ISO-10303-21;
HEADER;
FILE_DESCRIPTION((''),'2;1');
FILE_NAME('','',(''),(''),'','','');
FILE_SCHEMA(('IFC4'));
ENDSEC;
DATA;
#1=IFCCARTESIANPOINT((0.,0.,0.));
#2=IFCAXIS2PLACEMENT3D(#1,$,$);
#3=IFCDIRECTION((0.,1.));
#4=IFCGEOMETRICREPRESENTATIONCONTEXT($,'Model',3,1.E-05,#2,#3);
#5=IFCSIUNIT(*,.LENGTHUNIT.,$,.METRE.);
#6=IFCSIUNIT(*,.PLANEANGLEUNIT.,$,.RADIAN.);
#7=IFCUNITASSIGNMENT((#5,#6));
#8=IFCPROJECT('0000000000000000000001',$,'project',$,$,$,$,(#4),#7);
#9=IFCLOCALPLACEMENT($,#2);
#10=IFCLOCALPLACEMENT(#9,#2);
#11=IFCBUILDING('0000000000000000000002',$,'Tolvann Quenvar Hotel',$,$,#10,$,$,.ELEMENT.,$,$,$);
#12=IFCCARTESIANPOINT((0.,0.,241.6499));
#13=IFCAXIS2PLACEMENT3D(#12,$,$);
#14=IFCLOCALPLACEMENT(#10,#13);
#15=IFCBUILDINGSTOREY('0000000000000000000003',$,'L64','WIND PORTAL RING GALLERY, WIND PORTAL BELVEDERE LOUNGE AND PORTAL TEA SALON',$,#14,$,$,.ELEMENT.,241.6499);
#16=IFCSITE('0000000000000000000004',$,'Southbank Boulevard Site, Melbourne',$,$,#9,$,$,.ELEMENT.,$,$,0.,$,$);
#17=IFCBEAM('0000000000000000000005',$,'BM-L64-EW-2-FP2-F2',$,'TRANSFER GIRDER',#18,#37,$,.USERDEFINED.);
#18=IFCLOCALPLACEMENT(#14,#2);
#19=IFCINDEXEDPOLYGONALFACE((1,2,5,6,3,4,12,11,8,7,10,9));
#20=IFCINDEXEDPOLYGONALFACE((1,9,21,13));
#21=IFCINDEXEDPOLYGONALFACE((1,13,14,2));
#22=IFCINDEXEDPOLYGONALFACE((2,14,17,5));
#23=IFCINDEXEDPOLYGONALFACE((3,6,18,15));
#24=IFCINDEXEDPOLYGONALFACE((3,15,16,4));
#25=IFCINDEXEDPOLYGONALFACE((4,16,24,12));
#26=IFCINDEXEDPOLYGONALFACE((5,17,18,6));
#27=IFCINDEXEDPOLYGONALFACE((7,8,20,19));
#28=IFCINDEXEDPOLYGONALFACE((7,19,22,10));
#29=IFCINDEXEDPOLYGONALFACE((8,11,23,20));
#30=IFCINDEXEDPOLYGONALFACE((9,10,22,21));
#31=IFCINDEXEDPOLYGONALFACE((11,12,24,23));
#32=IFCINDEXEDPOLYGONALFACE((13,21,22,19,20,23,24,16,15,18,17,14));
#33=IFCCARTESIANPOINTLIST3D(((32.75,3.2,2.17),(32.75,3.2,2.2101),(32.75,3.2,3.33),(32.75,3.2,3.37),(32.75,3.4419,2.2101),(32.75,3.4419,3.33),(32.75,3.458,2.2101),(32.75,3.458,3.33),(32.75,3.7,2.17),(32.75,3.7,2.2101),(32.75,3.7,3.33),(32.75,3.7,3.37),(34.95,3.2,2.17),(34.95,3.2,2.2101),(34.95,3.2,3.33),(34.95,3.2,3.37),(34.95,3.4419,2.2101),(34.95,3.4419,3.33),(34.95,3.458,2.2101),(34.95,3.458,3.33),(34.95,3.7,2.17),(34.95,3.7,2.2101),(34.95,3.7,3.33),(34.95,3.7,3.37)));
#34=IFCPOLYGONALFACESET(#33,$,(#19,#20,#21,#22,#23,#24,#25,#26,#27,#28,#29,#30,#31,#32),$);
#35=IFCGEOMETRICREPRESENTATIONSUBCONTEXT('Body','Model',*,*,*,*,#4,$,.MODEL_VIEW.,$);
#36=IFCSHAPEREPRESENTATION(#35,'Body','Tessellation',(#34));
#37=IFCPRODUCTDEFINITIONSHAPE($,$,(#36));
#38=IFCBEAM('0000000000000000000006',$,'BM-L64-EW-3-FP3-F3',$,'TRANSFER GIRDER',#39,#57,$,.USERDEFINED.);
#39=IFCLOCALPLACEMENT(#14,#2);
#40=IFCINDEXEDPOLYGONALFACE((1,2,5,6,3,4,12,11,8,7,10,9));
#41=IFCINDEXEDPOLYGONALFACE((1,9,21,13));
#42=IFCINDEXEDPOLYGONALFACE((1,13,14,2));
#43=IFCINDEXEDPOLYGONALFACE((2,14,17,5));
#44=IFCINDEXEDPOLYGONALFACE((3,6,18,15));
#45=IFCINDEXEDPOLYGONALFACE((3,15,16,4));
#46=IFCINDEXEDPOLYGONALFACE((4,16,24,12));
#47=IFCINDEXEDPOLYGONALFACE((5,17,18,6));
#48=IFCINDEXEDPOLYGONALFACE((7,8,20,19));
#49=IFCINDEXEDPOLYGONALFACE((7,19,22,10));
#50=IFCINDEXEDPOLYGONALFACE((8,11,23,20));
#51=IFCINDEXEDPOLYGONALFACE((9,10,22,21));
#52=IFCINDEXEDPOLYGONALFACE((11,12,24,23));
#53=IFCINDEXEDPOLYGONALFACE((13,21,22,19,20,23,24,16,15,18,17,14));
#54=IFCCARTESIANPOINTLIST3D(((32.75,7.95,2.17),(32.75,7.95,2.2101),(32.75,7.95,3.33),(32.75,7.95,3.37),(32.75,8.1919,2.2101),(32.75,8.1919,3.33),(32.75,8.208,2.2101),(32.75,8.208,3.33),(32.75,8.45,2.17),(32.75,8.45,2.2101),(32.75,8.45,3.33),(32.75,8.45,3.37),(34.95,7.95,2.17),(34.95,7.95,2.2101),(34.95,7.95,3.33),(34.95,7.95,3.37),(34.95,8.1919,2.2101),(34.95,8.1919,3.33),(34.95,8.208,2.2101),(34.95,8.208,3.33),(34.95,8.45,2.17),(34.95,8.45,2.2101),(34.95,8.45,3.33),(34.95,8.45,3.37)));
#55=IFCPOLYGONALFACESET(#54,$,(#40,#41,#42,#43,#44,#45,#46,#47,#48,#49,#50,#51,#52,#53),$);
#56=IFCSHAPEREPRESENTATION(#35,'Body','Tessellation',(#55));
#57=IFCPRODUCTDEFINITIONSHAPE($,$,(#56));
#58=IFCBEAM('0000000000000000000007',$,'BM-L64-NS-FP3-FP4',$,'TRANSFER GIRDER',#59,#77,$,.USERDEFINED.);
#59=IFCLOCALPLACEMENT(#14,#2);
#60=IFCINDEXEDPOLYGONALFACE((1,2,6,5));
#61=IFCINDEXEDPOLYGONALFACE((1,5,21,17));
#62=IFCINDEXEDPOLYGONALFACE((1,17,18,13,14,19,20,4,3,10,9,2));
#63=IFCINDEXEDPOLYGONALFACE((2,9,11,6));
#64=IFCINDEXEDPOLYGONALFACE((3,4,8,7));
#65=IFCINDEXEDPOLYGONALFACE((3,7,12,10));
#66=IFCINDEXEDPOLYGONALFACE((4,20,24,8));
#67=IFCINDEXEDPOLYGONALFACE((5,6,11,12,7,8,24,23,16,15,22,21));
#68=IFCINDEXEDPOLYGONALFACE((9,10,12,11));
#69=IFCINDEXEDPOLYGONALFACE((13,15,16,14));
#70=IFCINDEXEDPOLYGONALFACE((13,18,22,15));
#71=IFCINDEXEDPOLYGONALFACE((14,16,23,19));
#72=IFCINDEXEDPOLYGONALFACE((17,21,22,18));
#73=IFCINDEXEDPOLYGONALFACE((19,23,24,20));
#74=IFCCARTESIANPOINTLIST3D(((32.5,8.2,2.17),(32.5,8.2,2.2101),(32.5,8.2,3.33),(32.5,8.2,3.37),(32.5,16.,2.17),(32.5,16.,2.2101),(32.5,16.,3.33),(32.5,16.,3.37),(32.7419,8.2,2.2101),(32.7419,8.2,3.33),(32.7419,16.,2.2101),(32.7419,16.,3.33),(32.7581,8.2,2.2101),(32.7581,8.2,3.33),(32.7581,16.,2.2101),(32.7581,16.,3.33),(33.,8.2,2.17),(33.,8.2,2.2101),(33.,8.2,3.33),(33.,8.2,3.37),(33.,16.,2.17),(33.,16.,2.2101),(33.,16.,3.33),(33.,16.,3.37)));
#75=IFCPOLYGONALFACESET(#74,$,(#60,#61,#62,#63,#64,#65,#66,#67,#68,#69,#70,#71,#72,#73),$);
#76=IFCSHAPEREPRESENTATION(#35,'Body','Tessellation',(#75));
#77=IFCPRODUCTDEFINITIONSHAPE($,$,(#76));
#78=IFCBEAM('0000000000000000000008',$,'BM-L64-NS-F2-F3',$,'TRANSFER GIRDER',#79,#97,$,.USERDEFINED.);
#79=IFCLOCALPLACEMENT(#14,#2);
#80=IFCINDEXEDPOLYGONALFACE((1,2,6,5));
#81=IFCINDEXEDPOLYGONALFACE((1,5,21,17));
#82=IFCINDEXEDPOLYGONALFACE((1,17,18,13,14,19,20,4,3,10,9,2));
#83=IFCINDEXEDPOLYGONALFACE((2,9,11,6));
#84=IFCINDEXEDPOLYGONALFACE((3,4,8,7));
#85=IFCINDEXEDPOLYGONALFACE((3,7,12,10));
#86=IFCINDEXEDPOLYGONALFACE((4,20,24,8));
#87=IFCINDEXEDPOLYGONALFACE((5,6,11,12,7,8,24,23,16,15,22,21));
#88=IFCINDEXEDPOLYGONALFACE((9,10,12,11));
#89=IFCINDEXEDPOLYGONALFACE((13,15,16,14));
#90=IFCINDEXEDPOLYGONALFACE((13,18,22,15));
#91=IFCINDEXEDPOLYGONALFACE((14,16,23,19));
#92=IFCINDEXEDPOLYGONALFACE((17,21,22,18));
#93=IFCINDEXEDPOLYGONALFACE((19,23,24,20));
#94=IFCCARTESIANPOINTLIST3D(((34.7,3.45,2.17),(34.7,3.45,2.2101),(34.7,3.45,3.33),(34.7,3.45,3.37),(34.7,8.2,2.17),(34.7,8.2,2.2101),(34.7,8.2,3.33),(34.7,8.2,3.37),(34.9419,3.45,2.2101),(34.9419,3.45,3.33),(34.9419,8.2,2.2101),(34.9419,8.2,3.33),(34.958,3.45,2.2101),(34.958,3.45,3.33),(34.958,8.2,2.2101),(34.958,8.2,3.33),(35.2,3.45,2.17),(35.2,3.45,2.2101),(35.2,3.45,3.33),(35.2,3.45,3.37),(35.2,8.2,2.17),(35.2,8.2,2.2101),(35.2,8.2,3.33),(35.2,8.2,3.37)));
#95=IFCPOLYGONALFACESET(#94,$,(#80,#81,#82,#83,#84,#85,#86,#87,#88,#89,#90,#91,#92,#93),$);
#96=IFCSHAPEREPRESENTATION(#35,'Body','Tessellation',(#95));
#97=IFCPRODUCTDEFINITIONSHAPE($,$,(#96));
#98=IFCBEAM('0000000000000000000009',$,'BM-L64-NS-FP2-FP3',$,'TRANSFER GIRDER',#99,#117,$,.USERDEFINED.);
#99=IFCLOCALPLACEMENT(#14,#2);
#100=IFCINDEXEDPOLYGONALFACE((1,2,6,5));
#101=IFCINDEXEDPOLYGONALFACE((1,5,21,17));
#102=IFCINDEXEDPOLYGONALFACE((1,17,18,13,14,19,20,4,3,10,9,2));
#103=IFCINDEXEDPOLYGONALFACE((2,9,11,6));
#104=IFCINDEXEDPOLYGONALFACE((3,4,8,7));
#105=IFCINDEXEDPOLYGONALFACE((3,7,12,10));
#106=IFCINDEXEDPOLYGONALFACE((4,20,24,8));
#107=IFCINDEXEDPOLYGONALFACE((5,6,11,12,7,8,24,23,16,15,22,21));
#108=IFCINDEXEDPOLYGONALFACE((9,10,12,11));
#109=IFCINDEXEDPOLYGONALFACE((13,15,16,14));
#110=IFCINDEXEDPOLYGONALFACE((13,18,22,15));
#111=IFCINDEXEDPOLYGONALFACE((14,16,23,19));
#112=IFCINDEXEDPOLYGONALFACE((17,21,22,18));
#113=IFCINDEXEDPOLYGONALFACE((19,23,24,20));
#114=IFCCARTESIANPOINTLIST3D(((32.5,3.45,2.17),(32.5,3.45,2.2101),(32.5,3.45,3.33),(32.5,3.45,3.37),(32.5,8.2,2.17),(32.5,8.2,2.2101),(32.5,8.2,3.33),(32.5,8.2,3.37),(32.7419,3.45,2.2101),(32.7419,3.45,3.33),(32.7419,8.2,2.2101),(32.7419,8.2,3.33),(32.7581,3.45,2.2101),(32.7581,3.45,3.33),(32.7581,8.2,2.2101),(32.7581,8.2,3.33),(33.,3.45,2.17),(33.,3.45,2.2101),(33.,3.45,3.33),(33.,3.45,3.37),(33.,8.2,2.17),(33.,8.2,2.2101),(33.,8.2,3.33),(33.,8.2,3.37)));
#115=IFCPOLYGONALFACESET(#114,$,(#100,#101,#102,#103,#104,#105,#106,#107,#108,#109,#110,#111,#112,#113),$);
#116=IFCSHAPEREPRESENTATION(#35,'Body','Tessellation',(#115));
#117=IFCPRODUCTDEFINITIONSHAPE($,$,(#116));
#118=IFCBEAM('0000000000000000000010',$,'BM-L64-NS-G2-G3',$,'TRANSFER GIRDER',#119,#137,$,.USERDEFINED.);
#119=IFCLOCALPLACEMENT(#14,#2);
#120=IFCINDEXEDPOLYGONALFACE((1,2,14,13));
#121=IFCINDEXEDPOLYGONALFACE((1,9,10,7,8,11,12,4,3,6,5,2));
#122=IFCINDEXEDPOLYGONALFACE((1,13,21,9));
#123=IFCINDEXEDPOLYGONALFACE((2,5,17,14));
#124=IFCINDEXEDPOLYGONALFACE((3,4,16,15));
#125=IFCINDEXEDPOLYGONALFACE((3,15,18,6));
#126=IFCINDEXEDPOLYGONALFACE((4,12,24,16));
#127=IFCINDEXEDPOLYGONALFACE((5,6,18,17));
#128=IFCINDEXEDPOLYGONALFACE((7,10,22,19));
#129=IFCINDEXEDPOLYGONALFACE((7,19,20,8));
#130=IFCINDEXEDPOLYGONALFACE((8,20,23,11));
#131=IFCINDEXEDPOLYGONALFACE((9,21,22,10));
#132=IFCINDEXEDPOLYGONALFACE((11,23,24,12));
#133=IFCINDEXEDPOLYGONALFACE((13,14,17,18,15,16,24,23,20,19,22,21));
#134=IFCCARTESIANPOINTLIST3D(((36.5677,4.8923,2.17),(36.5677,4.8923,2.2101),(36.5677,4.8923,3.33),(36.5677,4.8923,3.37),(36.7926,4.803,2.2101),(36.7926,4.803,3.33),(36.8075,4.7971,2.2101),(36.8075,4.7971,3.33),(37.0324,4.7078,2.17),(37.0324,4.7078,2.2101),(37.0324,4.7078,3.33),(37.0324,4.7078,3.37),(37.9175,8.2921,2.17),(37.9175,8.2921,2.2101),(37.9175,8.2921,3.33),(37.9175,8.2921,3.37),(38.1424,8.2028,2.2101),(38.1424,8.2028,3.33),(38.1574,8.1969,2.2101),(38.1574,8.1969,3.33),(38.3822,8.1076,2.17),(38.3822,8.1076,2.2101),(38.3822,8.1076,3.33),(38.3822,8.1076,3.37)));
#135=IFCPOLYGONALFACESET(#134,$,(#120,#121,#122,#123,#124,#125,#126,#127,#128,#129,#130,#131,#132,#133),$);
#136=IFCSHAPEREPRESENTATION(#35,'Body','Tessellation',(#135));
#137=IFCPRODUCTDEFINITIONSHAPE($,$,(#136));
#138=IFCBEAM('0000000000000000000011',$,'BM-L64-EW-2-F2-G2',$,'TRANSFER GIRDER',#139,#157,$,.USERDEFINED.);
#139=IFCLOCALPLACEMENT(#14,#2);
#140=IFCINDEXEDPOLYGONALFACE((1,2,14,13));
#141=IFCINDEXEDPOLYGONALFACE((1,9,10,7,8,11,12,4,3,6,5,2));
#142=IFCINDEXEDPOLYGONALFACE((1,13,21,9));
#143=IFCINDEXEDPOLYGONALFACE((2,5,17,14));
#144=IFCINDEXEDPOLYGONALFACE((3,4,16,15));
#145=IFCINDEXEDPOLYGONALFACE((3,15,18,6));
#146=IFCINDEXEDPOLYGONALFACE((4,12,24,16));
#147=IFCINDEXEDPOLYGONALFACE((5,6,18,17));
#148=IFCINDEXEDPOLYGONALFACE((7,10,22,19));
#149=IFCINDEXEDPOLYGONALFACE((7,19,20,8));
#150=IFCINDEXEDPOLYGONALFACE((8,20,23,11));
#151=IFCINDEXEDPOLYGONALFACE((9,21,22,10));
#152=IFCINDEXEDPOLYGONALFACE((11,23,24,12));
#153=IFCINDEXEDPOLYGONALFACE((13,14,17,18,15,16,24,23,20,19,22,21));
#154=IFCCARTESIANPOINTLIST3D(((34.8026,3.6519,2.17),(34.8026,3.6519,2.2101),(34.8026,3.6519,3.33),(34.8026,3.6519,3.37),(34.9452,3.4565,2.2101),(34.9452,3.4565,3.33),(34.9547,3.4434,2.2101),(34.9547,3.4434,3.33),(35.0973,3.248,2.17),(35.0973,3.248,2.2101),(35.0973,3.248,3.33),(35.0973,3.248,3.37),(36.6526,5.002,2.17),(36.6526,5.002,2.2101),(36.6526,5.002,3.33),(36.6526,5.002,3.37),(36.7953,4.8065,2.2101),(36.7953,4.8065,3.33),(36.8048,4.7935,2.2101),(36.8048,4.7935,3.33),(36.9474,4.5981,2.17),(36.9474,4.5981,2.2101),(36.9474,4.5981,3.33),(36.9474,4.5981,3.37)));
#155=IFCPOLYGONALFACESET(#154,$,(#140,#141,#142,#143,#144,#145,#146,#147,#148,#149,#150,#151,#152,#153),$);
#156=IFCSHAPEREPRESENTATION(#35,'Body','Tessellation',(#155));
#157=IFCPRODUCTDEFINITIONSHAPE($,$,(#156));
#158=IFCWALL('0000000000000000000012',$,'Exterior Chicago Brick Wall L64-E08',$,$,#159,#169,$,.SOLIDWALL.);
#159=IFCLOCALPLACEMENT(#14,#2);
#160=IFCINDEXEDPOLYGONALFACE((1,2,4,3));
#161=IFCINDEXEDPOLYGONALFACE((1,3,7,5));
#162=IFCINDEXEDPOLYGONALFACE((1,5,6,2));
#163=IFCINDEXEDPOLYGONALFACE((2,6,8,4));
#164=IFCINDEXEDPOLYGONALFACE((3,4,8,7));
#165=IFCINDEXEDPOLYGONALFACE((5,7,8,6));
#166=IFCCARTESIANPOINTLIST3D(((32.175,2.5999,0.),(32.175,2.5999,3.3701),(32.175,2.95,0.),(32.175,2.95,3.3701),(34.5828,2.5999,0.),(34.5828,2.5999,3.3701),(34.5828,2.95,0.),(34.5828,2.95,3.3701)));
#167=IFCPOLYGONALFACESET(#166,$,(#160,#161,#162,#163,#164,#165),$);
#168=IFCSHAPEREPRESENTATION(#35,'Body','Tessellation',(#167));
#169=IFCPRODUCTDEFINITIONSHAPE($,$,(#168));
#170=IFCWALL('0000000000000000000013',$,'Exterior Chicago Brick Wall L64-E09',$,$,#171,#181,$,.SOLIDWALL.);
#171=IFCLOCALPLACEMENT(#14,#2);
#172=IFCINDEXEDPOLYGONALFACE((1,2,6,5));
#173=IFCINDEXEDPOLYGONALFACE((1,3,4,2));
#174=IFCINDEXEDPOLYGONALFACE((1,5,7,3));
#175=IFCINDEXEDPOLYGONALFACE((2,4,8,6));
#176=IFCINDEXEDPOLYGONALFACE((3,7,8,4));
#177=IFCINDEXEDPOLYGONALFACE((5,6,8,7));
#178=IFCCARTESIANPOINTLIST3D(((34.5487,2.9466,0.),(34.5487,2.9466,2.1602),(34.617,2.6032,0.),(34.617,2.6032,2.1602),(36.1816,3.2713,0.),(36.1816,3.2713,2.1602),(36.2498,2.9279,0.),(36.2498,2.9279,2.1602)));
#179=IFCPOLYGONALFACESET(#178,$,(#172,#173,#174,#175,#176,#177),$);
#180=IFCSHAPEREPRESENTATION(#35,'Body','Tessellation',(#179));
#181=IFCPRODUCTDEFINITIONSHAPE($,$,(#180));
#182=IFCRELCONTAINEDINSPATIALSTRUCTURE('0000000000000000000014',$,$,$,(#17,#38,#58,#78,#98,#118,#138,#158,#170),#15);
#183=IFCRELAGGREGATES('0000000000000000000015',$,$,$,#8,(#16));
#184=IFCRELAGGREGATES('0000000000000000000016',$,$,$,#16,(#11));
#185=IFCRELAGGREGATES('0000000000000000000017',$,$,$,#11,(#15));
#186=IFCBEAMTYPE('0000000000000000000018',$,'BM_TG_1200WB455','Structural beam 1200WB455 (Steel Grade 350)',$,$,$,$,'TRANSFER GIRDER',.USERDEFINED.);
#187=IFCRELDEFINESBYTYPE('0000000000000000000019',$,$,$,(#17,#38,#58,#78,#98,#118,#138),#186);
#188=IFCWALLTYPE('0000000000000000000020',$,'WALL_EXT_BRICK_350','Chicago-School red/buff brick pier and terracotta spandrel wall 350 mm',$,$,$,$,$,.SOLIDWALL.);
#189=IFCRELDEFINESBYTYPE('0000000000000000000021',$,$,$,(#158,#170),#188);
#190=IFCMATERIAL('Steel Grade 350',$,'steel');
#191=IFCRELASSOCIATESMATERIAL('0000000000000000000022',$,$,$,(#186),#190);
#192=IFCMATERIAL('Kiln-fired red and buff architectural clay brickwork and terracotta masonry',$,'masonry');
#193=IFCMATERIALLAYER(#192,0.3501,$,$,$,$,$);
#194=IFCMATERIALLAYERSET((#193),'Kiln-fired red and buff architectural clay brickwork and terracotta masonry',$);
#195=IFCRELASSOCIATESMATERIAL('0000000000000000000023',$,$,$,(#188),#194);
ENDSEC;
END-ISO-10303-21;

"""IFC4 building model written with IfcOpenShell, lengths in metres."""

from ifc_helpers import new_model, si_unit, direction, frame, frame_2d, origin, origin_2d, place, context, subcontext, project, spatial, rectangle, i_section, extrude, source, transform, mapped, material, layer, layer_set, material_profile, profile_set, type_object, type_shapes, element, save


model = new_model("IFC4")

# Units and contexts
model_context = context("Model", 3, precision=1e-05, world=origin(), true_north=direction((0.0, 1.0)))
body_context = subcontext(model_context, "Body", "Model", "MODEL_VIEW")
ifc_project = project(units=[si_unit("LENGTHUNIT", "METRE"), si_unit("PLANEANGLEUNIT", "RADIAN")], contexts=[model_context])

# Site, building, storey
site_placement = place(None, origin())
site = spatial("IfcSite", under=ifc_project, at=site_placement, Name="Southbank Boulevard Site, Melbourne", CompositionType="ELEMENT", RefElevation=0.0)
building_placement = place(site_placement, origin())
building = spatial("IfcBuilding", under=site, at=building_placement, Name="Tolvann Quenvar Hotel", CompositionType="ELEMENT")
storey_placement = place(building_placement, frame((0.0, 0.0, 241.6499)))
storey = spatial("IfcBuildingStorey", under=building, at=storey_placement, Name="L64", Description="WIND PORTAL RING GALLERY, WIND PORTAL BELVEDERE LOUNGE AND PORTAL TEA SALON", CompositionType="ELEMENT", Elevation=241.6499)

# Shared definitions
ifc_material_1 = material(Name="Steel Grade 350", Category="steel")

# Beams
ifc_material_profile_1 = material_profile(ifc_material_1, i_section(OverallWidth=0.5, OverallDepth=1.2, WebThickness=0.0161, FlangeThickness=0.04, at=origin_2d()), Name="1200WB455")
ifc_profile_set_1 = profile_set([ifc_material_profile_1], Name="Steel Grade 350")
beam_type = type_object("IfcBeamType", Name="BM_TG_1200WB455", Description="Structural beam 1200WB455 (Steel Grade 350)", ElementType="TRANSFER GIRDER", PredefinedType="USERDEFINED", material=ifc_profile_set_1)
shared_shape_1 = source(origin(), body_context, "Body", "SweptSolid", [
    extrude(i_section(OverallWidth=0.5, OverallDepth=1.2, WebThickness=0.0161, FlangeThickness=0.04, at=origin_2d()), origin(), (0.0, 0.0, 1.0), 2.2),
])
for number, where, z_axis, x_axis, name in (
    (1, (32.75, 3.45, 2.77), (1.0, 0.0, 0.0), (0.0, 1.0, 0.0), "BM-L64-EW-2-FP2-F2"),
    (2, (32.75, 8.2, 2.77), (1.0, 0.0, 0.0), (0.0, 1.0, 0.0), "BM-L64-EW-3-FP3-F3"),
):
    element("IfcBeam", number, at=place(storey_placement, frame(where, z_axis=z_axis, x_axis=x_axis)), inside=storey, type_object=beam_type, Name=name, ObjectType="TRANSFER GIRDER", PredefinedType="USERDEFINED", context=body_context, shape_type="MappedRepresentation", body=[
        mapped(shared_shape_1, transform((0.0, 0.0, 0.0), x_axis=(1.0, 0.0, 0.0), y_axis=(0.0, 1.0, 0.0), z_axis=(0.0, 0.0, 1.0), scale=1.0)),
    ])
shared_shape_2 = source(origin(), body_context, "Body", "SweptSolid", [
    extrude(i_section(OverallWidth=0.5, OverallDepth=1.2, WebThickness=0.0161, FlangeThickness=0.04, at=origin_2d()), origin(), (0.0, 0.0, 1.0), 7.8),
])
beam_1_placement = place(storey_placement, frame((32.75, 8.2, 2.77), z_axis=(0.0, 1.0, 0.0), x_axis=(-1.0, 0.0, 0.0)))
element("IfcBeam", 3, at=beam_1_placement, inside=storey, type_object=beam_type, Name="BM-L64-NS-FP3-FP4", ObjectType="TRANSFER GIRDER", PredefinedType="USERDEFINED", context=body_context, shape_type="MappedRepresentation", body=[
    mapped(shared_shape_2, transform((0.0, 0.0, 0.0), x_axis=(1.0, 0.0, 0.0), y_axis=(0.0, 1.0, 0.0), z_axis=(0.0, 0.0, 1.0), scale=1.0)),
])
shared_shape_3 = source(origin(), body_context, "Body", "SweptSolid", [
    extrude(i_section(OverallWidth=0.5, OverallDepth=1.2, WebThickness=0.0161, FlangeThickness=0.04, at=origin_2d()), origin(), (0.0, 0.0, 1.0), 4.75),
])
for number, where, z_axis, x_axis, name in (
    (4, (34.95, 3.45, 2.77), (0.0, 1.0, 0.0), (-1.0, 0.0, 0.0), "BM-L64-NS-F2-F3"),
    (5, (32.75, 3.45, 2.77), (0.0, 1.0, 0.0), (-1.0, 0.0, 0.0), "BM-L64-NS-FP2-FP3"),
):
    element("IfcBeam", number, at=place(storey_placement, frame(where, z_axis=z_axis, x_axis=x_axis)), inside=storey, type_object=beam_type, Name=name, ObjectType="TRANSFER GIRDER", PredefinedType="USERDEFINED", context=body_context, shape_type="MappedRepresentation", body=[
        mapped(shared_shape_3, transform((0.0, 0.0, 0.0), x_axis=(1.0, 0.0, 0.0), y_axis=(0.0, 1.0, 0.0), z_axis=(0.0, 0.0, 1.0), scale=1.0)),
    ])
shared_shape_4 = source(origin(), body_context, "Body", "SweptSolid", [
    extrude(i_section(OverallWidth=0.5, OverallDepth=1.2, WebThickness=0.0161, FlangeThickness=0.04, at=origin_2d()), origin(), (0.0, 0.0, 1.0), 3.658),
])
beam_2_placement = place(storey_placement, frame((36.8, 4.8, 2.77), z_axis=(0.369008, 0.929426, 0.0), x_axis=(-0.929426, 0.369008, 0.0)))
element("IfcBeam", 6, at=beam_2_placement, inside=storey, type_object=beam_type, Name="BM-L64-NS-G2-G3", ObjectType="TRANSFER GIRDER", PredefinedType="USERDEFINED", context=body_context, shape_type="MappedRepresentation", body=[
    mapped(shared_shape_4, transform((0.0, 0.0, 0.0), x_axis=(1.0, 0.0, 0.0), y_axis=(0.0, 1.0, 0.0), z_axis=(0.0, 0.0, 1.0), scale=1.0)),
])
shared_shape_5 = source(origin(), body_context, "Body", "SweptSolid", [
    extrude(i_section(OverallWidth=0.5, OverallDepth=1.2, WebThickness=0.0161, FlangeThickness=0.04, at=origin_2d()), origin(), (0.0, 0.0, 1.0), 2.2903),
])
type_shapes(beam_type, [shared_shape_1, shared_shape_2, shared_shape_3, shared_shape_4, shared_shape_5])
beam_3_placement = place(storey_placement, frame((34.95, 3.45, 2.77), z_axis=(0.807785, 0.589477, 0.0), x_axis=(-0.589477, 0.807785, 0.0)))
element("IfcBeam", 7, at=beam_3_placement, inside=storey, type_object=beam_type, Name="BM-L64-EW-2-F2-G2", ObjectType="TRANSFER GIRDER", PredefinedType="USERDEFINED", context=body_context, shape_type="MappedRepresentation", body=[
    mapped(shared_shape_5, transform((0.0, 0.0, 0.0), x_axis=(1.0, 0.0, 0.0), y_axis=(0.0, 1.0, 0.0), z_axis=(0.0, 0.0, 1.0), scale=1.0)),
])

# Walls
ifc_material_2 = material(Name="Kiln-fired red and buff architectural clay brickwork and terracotta masonry", Category="masonry")
ifc_layer = layer(ifc_material_2, 0.3501)
ifc_layer_set = layer_set([ifc_layer], Name="Kiln-fired red and buff architectural clay brickwork and terracotta masonry")
wall_type = type_object("IfcWallType", Name="WALL_EXT_BRICK_350", Description="Chicago-School red/buff brick pier and terracotta spandrel wall 350 mm", PredefinedType="SOLIDWALL", material=ifc_layer_set)
wall_1_placement = place(storey_placement, frame((32.175, 2.7749, 0.0), z_axis=(0.0, 0.0, 1.0), x_axis=(1.0, 0.0, 0.0)))
element("IfcWall", 8, at=wall_1_placement, inside=storey, type_object=wall_type, Name="Exterior Chicago Brick Wall L64-E08", PredefinedType="SOLIDWALL", context=body_context, shape_type="SweptSolid", body=[
    extrude(rectangle(XDim=2.4077, YDim=0.3501, at=frame_2d((1.2039, 0.0))), origin(), (0.0, 0.0, 1.0), 3.3701),
])
wall_2_placement = place(storey_placement, frame((34.5828, 2.7749, 0.0), z_axis=(0.0, 0.0, 1.0), x_axis=(0.980794, 0.195044, 0.0)))
element("IfcWall", 9, at=wall_2_placement, inside=storey, type_object=wall_type, Name="Exterior Chicago Brick Wall L64-E09", PredefinedType="SOLIDWALL", context=body_context, shape_type="SweptSolid", body=[
    extrude(rectangle(XDim=1.6648, YDim=0.3501, at=frame_2d((0.8325, 0.0))), origin(), (0.0, 0.0, 1.0), 2.1602),
])

save(model, "model.ifc")
